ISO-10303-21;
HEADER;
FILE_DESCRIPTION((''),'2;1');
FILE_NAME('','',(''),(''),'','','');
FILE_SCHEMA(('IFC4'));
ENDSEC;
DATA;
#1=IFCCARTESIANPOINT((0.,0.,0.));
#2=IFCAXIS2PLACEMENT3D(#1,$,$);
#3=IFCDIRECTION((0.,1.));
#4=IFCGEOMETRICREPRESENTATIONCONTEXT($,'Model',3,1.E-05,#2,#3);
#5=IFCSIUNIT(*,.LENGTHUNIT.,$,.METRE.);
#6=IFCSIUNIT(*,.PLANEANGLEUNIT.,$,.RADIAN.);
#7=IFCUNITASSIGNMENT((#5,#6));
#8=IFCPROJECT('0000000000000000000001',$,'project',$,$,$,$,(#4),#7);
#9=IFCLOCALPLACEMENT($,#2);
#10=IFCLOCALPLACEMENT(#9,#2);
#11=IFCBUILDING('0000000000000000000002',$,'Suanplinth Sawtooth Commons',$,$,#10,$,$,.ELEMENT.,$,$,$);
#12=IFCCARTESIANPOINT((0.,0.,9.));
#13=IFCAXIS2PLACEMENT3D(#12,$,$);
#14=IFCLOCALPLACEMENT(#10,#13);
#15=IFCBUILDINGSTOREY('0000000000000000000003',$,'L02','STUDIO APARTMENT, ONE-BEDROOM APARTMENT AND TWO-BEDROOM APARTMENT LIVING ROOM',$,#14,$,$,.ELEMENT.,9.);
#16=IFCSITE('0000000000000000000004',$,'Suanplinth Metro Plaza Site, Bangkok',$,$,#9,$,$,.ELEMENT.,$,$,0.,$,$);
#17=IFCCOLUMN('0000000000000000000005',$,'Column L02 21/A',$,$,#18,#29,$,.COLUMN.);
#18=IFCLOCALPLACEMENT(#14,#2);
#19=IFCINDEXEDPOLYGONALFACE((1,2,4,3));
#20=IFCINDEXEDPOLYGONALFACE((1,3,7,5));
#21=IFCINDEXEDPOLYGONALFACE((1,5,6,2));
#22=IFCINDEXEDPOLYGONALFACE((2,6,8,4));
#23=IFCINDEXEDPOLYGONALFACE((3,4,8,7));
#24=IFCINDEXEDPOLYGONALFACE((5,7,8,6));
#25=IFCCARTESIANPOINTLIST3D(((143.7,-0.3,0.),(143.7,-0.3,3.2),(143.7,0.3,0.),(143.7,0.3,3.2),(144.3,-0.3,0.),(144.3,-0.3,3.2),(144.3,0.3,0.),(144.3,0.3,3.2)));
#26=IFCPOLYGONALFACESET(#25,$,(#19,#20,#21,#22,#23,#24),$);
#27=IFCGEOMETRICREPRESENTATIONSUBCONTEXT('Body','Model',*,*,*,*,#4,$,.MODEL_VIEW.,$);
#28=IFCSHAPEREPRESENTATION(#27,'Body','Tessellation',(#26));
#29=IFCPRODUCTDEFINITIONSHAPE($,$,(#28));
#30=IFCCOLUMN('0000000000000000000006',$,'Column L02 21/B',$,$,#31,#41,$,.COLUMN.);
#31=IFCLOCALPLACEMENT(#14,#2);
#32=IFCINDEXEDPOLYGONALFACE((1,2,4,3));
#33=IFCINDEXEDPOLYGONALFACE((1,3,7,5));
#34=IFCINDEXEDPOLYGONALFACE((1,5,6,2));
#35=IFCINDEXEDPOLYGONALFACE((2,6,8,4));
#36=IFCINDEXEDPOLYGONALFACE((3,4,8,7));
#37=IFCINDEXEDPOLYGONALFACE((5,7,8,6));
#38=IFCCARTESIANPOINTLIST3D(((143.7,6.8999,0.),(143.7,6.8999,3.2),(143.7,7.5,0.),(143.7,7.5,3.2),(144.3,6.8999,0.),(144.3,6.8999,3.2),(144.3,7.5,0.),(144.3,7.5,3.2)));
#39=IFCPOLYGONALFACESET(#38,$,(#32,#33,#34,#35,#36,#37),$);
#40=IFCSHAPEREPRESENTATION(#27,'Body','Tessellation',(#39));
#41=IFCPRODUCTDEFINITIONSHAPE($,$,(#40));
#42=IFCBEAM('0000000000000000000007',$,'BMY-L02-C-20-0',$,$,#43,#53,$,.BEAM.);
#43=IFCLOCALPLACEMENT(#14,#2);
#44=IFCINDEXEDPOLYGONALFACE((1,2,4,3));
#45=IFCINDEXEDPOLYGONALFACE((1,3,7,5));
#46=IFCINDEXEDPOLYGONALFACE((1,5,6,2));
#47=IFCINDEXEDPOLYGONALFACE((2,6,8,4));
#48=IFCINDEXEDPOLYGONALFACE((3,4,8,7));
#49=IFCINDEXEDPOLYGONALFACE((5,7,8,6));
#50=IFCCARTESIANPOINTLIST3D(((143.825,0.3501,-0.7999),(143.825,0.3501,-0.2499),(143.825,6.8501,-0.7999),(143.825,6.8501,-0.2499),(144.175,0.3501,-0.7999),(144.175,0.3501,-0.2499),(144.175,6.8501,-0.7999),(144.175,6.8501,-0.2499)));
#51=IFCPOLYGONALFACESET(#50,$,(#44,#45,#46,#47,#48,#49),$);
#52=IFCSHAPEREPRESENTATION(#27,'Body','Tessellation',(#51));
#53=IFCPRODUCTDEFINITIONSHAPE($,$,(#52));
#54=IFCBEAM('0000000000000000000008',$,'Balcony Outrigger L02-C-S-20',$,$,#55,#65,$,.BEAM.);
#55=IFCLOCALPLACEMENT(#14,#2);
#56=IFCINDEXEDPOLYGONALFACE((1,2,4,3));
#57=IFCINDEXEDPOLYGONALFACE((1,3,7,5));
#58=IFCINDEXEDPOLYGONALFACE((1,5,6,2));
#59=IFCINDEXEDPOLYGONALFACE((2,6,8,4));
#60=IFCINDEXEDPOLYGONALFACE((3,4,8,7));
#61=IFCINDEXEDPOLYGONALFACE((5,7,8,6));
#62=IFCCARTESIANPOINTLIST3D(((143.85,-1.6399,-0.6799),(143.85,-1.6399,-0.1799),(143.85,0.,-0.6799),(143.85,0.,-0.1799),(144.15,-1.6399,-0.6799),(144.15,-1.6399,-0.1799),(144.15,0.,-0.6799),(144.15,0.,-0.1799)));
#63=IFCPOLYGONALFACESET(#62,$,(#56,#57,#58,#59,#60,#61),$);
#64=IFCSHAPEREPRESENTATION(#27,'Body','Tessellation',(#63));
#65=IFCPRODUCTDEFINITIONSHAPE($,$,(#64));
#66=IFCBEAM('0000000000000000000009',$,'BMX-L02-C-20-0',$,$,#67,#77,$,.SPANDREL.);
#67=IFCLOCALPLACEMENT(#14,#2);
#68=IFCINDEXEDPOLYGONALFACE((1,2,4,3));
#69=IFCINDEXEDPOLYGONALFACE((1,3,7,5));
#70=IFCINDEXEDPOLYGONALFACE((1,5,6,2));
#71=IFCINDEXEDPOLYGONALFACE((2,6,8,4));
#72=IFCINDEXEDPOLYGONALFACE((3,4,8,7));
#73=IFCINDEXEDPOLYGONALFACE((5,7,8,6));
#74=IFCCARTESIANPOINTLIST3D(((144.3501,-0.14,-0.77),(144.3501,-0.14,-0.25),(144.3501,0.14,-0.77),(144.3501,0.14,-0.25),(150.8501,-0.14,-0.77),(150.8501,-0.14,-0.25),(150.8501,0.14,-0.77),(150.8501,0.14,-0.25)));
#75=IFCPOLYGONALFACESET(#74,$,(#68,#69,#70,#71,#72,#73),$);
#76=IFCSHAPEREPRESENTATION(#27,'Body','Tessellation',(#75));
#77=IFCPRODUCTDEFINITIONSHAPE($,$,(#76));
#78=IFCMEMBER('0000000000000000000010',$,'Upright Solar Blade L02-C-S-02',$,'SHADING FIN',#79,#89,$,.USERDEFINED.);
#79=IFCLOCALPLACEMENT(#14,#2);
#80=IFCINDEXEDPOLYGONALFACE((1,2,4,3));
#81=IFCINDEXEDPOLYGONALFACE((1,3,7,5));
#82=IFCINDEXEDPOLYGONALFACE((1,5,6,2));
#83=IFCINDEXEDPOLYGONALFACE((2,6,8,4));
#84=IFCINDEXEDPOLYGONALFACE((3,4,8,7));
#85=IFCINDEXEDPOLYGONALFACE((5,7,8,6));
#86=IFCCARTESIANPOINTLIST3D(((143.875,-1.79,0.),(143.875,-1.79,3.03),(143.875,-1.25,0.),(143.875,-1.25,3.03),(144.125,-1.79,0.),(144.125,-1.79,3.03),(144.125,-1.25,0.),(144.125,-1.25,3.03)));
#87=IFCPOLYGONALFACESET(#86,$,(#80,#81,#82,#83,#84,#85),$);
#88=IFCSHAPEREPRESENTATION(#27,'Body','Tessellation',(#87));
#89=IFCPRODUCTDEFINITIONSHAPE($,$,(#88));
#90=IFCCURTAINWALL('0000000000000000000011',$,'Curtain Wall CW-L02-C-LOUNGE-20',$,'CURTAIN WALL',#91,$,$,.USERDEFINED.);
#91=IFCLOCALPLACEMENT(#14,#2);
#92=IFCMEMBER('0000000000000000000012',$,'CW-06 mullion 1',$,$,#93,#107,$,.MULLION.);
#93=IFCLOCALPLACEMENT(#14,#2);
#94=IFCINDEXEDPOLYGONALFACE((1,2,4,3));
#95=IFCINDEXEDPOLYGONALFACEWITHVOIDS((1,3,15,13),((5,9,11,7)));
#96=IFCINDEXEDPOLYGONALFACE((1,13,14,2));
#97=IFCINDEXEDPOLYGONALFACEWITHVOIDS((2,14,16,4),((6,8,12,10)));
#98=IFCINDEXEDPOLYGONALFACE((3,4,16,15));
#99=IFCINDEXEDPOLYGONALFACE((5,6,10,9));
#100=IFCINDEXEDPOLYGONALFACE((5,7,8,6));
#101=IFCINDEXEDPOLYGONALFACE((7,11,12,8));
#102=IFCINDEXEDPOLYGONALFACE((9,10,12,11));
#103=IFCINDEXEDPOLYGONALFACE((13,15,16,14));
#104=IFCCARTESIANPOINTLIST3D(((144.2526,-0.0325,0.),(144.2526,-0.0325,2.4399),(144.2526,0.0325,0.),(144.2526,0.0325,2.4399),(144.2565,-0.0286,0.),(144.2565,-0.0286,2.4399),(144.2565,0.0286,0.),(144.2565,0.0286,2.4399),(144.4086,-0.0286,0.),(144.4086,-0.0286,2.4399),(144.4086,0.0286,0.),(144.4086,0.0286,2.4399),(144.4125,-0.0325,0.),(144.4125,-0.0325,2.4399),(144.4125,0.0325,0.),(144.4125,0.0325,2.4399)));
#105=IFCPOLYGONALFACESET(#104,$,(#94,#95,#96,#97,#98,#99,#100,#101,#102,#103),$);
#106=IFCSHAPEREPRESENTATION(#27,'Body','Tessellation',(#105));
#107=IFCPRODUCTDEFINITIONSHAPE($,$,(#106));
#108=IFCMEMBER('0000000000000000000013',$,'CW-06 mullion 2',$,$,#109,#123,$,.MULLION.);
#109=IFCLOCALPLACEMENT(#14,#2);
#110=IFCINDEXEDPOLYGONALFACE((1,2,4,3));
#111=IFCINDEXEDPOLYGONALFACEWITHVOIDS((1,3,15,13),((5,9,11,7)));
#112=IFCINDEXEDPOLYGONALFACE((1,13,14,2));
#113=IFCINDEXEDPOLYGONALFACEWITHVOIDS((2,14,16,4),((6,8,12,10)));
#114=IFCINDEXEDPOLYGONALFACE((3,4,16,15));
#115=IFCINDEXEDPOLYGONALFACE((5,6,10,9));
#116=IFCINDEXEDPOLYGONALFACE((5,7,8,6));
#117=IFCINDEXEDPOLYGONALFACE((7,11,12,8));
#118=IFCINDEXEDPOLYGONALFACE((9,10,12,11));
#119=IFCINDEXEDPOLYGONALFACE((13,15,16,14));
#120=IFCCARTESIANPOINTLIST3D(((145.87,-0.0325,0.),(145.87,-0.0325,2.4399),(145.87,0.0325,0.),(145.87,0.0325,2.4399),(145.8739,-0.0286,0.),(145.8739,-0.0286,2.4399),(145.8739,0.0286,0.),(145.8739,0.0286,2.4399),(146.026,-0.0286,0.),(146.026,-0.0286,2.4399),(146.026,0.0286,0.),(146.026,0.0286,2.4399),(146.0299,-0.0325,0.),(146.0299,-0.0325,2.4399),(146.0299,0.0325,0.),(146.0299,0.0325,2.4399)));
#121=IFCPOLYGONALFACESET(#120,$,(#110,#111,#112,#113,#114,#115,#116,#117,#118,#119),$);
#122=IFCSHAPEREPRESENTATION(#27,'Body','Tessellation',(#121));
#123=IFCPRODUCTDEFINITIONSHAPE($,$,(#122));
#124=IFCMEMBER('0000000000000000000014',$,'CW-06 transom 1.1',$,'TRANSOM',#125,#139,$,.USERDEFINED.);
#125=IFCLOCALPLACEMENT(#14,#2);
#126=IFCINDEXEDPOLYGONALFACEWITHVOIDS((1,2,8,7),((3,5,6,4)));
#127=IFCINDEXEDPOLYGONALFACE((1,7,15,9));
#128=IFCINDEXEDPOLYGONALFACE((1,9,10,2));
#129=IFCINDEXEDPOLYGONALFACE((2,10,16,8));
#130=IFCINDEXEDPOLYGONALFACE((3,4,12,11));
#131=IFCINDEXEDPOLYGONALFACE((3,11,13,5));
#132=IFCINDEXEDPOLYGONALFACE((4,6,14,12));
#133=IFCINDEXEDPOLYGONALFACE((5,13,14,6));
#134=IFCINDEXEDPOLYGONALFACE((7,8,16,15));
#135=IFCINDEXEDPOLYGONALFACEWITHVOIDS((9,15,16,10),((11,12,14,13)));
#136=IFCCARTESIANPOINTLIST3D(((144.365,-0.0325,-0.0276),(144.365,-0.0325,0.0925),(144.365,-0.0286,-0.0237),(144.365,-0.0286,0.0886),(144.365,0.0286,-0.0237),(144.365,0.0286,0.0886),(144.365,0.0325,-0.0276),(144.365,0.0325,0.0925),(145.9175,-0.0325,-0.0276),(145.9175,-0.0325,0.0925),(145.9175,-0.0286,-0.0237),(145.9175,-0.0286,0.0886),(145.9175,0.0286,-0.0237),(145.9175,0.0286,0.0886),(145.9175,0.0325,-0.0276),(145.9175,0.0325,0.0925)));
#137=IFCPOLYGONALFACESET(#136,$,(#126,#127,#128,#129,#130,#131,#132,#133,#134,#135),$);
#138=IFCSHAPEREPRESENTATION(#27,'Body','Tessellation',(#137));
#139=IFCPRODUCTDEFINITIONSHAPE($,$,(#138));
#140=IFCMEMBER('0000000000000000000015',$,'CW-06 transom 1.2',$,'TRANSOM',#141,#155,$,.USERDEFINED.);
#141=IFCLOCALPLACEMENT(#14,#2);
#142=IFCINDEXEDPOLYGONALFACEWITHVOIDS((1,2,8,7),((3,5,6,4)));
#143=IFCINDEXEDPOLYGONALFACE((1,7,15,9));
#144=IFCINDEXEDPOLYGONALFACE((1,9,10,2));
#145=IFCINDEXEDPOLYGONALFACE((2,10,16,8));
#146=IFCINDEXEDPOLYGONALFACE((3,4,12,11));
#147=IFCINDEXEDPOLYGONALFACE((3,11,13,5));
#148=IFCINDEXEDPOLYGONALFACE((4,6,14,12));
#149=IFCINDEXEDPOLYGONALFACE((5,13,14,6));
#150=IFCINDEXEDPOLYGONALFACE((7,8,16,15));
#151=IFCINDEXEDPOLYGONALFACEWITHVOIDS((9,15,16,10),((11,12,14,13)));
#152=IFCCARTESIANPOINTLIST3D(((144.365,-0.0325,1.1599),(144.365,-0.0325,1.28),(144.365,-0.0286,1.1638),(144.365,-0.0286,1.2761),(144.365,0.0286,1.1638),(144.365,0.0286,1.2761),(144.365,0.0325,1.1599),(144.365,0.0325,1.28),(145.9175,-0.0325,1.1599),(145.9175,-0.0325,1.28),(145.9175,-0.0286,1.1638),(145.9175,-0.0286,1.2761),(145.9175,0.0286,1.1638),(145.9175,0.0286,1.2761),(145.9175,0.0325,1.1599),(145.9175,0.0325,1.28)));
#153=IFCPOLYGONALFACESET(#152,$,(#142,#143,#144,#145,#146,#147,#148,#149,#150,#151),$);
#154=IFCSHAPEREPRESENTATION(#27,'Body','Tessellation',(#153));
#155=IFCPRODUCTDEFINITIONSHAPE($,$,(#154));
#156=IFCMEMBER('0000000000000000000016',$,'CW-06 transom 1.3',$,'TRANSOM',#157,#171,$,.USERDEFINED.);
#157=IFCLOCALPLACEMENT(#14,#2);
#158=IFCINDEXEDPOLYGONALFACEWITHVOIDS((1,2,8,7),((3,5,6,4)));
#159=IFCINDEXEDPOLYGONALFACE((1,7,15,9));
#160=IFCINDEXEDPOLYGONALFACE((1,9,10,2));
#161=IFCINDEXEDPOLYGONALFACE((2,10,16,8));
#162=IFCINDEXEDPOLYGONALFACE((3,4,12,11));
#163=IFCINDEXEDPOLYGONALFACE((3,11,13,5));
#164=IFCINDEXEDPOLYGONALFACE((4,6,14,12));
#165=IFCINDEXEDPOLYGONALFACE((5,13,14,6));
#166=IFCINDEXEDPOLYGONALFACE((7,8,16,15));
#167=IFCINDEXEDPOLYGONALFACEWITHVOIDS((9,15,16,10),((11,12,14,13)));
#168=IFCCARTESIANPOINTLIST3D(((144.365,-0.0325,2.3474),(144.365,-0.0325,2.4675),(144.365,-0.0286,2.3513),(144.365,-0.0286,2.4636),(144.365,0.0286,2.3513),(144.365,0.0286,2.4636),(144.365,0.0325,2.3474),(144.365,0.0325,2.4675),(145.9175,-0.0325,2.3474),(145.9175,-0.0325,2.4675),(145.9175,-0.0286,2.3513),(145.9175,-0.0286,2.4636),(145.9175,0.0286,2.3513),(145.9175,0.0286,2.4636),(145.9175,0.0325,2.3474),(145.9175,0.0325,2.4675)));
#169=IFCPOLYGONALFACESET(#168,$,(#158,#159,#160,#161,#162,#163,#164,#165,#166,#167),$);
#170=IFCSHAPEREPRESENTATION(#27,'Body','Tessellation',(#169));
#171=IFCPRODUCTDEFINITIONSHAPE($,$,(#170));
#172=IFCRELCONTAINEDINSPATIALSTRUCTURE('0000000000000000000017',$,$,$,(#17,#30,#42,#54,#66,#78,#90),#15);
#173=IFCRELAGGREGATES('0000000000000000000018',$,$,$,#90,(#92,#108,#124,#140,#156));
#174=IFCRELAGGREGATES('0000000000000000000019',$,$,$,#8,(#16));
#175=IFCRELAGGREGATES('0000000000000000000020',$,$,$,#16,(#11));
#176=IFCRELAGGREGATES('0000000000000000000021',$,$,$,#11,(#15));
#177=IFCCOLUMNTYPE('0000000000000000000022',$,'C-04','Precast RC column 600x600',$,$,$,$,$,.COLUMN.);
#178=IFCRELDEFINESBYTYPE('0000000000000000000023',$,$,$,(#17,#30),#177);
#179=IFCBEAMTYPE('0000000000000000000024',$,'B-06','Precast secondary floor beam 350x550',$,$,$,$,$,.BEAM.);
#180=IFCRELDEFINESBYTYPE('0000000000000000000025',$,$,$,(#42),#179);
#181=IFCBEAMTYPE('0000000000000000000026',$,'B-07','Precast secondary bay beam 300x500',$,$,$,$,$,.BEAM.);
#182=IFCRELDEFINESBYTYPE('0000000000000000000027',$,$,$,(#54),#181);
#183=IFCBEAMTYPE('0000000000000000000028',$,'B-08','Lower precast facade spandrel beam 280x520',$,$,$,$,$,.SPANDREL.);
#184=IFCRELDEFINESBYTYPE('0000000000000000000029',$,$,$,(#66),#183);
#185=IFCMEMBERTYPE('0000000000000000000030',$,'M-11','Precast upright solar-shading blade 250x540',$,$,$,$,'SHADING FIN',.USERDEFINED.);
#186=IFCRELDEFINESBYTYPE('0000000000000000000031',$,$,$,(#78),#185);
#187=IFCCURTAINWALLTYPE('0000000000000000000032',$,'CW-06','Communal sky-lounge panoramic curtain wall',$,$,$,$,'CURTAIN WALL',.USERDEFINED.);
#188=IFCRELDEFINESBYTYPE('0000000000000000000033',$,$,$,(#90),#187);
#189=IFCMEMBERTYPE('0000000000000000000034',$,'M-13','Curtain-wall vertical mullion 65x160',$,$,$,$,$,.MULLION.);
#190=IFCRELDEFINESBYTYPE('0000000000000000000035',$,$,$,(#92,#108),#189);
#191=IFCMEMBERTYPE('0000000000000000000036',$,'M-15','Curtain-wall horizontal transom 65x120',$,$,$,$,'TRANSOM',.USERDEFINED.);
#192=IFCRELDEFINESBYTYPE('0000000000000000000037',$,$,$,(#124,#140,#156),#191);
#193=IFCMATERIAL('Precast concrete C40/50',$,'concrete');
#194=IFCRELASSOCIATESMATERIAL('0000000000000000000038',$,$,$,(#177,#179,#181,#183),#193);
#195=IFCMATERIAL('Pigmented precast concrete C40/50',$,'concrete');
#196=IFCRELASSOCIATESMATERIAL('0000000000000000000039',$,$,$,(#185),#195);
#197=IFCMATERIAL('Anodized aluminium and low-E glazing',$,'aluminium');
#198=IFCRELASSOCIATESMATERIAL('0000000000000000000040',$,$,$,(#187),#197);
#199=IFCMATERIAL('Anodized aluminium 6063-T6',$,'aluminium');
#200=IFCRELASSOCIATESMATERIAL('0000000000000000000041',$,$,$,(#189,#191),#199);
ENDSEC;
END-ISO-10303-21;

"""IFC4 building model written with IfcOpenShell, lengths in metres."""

from ifc_helpers import new_model, si_unit, direction, frame, origin, origin_2d, place, context, subcontext, project, spatial, rectangle, hollow_rectangle, extrude, material, material_profile, profile_set, type_object, element, aggregate, save


model = new_model("IFC4")

# Units and contexts
model_context = context("Model", 3, precision=1e-05, world=origin(), true_north=direction((0.0, 1.0)))
body_context = subcontext(model_context, "Body", "Model", "MODEL_VIEW")
ifc_project = project(units=[si_unit("LENGTHUNIT", "METRE"), si_unit("PLANEANGLEUNIT", "RADIAN")], contexts=[model_context])

# Site, building, storey
site_placement = place(None, origin())
site = spatial("IfcSite", under=ifc_project, at=site_placement, Name="Suanplinth Metro Plaza Site, Bangkok", CompositionType="ELEMENT", RefElevation=0.0)
building_placement = place(site_placement, origin())
building = spatial("IfcBuilding", under=site, at=building_placement, Name="Suanplinth Sawtooth Commons", CompositionType="ELEMENT")
storey_placement = place(building_placement, frame((0.0, 0.0, 9.0)))
storey = spatial("IfcBuildingStorey", under=building, at=storey_placement, Name="L02", Description="STUDIO APARTMENT, ONE-BEDROOM APARTMENT AND TWO-BEDROOM APARTMENT LIVING ROOM", CompositionType="ELEMENT", Elevation=9.0)

# Columns
ifc_material_1 = material(Name="Precast concrete C40/50", Category="concrete")
ifc_material_profile_1 = material_profile(ifc_material_1, rectangle(XDim=0.6001, YDim=0.6001, at=origin_2d()), Name="PC-COL 600x600")
ifc_profile_set_1 = profile_set([ifc_material_profile_1], Name="Precast concrete C40/50")
column_type = type_object("IfcColumnType", Name="C-04", Description="Precast RC column 600x600", PredefinedType="COLUMN", material=ifc_profile_set_1)
for number, where, z_axis, x_axis, name in (
    (1, (144.0, 0.0, 0.0), (0.0, 0.0, 1.0), (1.0, 0.0, 0.0), "Column L02 21/A"),
    (2, (144.0, 7.2, 0.0), (0.0, 0.0, 1.0), (1.0, 0.0, 0.0), "Column L02 21/B"),
):
    element("IfcColumn", number, at=place(storey_placement, frame(where, z_axis=z_axis, x_axis=x_axis)), inside=storey, type_object=column_type, Name=name, PredefinedType="COLUMN", context=body_context, shape_type="SweptSolid", body=[
        extrude(rectangle(XDim=0.6001, YDim=0.6001, at=origin_2d()), origin(), (0.0, 0.0, 1.0), 3.2),
    ])

# Beams
ifc_material_profile_2 = material_profile(ifc_material_1, rectangle(XDim=0.3501, YDim=0.55, at=origin_2d()), Name="PC-BM 350x550")
ifc_profile_set_2 = profile_set([ifc_material_profile_2], Name="Precast concrete C40/50")
beam_type_1 = type_object("IfcBeamType", Name="B-06", Description="Precast secondary floor beam 350x550", PredefinedType="BEAM", material=ifc_profile_set_2)
beam_1_placement = place(storey_placement, frame((144.0, 0.3501, -0.5249), z_axis=(0.0, 1.0, 0.0), x_axis=(-1.0, 0.0, 0.0)))
element("IfcBeam", 3, at=beam_1_placement, inside=storey, type_object=beam_type_1, Name="BMY-L02-C-20-0", PredefinedType="BEAM", context=body_context, shape_type="SweptSolid", body=[
    extrude(rectangle(XDim=0.3501, YDim=0.55, at=origin_2d()), origin(), (0.0, 0.0, 1.0), 6.5),
])
ifc_material_profile_3 = material_profile(ifc_material_1, rectangle(XDim=0.3, YDim=0.5, at=origin_2d()), Name="PC-BM 300x500")
ifc_profile_set_3 = profile_set([ifc_material_profile_3], Name="Precast concrete C40/50")
beam_type_2 = type_object("IfcBeamType", Name="B-07", Description="Precast secondary bay beam 300x500", PredefinedType="BEAM", material=ifc_profile_set_3)
beam_2_placement = place(storey_placement, frame((144.0, 0.0, -0.4299), z_axis=(0.0, -1.0, 0.0), x_axis=(1.0, 0.0, 0.0)))
element("IfcBeam", 4, at=beam_2_placement, inside=storey, type_object=beam_type_2, Name="Balcony Outrigger L02-C-S-20", PredefinedType="BEAM", context=body_context, shape_type="SweptSolid", body=[
    extrude(rectangle(XDim=0.3, YDim=0.5, at=origin_2d()), origin(), (0.0, 0.0, 1.0), 1.6399),
])
ifc_material_profile_4 = material_profile(ifc_material_1, rectangle(XDim=0.28, YDim=0.52, at=origin_2d()), Name="PC-SP 280x520")
ifc_profile_set_4 = profile_set([ifc_material_profile_4], Name="Precast concrete C40/50")
beam_type_3 = type_object("IfcBeamType", Name="B-08", Description="Lower precast facade spandrel beam 280x520", PredefinedType="SPANDREL", material=ifc_profile_set_4)
beam_3_placement = place(storey_placement, frame((144.3501, 0.0, -0.51), z_axis=(1.0, 0.0, 0.0), x_axis=(0.0, 1.0, 0.0)))
element("IfcBeam", 5, at=beam_3_placement, inside=storey, type_object=beam_type_3, Name="BMX-L02-C-20-0", PredefinedType="SPANDREL", context=body_context, shape_type="SweptSolid", body=[
    extrude(rectangle(XDim=0.28, YDim=0.52, at=origin_2d()), origin(), (0.0, 0.0, 1.0), 6.5),
])

# Member
ifc_material_2 = material(Name="Pigmented precast concrete C40/50", Category="concrete")
ifc_material_profile_5 = material_profile(ifc_material_2, rectangle(XDim=0.25, YDim=0.54, at=origin_2d()), Name="PC-FIN 250x540")
ifc_profile_set_5 = profile_set([ifc_material_profile_5], Name="Pigmented precast concrete C40/50")
member_type_1 = type_object("IfcMemberType", Name="M-11", Description="Precast upright solar-shading blade 250x540", ElementType="SHADING FIN", PredefinedType="USERDEFINED", material=ifc_profile_set_5)
member_1_placement = place(storey_placement, frame((144.0, -1.52, 0.0), z_axis=(0.0, 0.0, 1.0), x_axis=(1.0, 0.0, 0.0)))
element("IfcMember", 6, at=member_1_placement, inside=storey, type_object=member_type_1, Name="Upright Solar Blade L02-C-S-02", ObjectType="SHADING FIN", PredefinedType="USERDEFINED", context=body_context, shape_type="SweptSolid", body=[
    extrude(rectangle(XDim=0.25, YDim=0.54, at=origin_2d()), origin(), (0.0, 0.0, 1.0), 3.03),
])

# Curtain wall, members
ifc_material_3 = material(Name="Anodized aluminium and low-E glazing", Category="aluminium")
curtain_wall_type = type_object("IfcCurtainWallType", Name="CW-06", Description="Communal sky-lounge panoramic curtain wall", ElementType="CURTAIN WALL", PredefinedType="USERDEFINED", material=ifc_material_3)
curtain_wall_placement = place(storey_placement, origin())
curtain_wall = element("IfcCurtainWall", 7, at=curtain_wall_placement, inside=storey, type_object=curtain_wall_type, Name="Curtain Wall CW-L02-C-LOUNGE-20", ObjectType="CURTAIN WALL", PredefinedType="USERDEFINED")
ifc_material_4 = material(Name="Anodized aluminium 6063-T6", Category="aluminium")
ifc_material_profile_6 = material_profile(ifc_material_4, hollow_rectangle(XDim=0.0649, YDim=0.1599, WallThickness=0.0039, at=origin_2d()), Name="ALU-MUL 65x160")
ifc_profile_set_6 = profile_set([ifc_material_profile_6], Name="Anodized aluminium 6063-T6")
member_type_2 = type_object("IfcMemberType", Name="M-13", Description="Curtain-wall vertical mullion 65x160", PredefinedType="MULLION", material=ifc_profile_set_6)
member_2_placement = place(storey_placement, frame((144.3325, 0.0, 0.0), z_axis=(0.0, 0.0, 1.0), x_axis=(0.0, 1.0, 0.0)))
member_2 = element("IfcMember", 8, at=member_2_placement, type_object=member_type_2, Name="CW-06 mullion 1", PredefinedType="MULLION", context=body_context, shape_type="SweptSolid", body=[
    extrude(hollow_rectangle(XDim=0.0649, YDim=0.1599, WallThickness=0.0039, at=origin_2d()), origin(), (0.0, 0.0, 1.0), 2.4399),
])
member_3_placement = place(storey_placement, frame((145.95, 0.0, 0.0), z_axis=(0.0, 0.0, 1.0), x_axis=(0.0, 1.0, 0.0)))
member_3 = element("IfcMember", 9, at=member_3_placement, type_object=member_type_2, Name="CW-06 mullion 2", PredefinedType="MULLION", context=body_context, shape_type="SweptSolid", body=[
    extrude(hollow_rectangle(XDim=0.0649, YDim=0.1599, WallThickness=0.0039, at=origin_2d()), origin(), (0.0, 0.0, 1.0), 2.4399),
])
ifc_material_profile_7 = material_profile(ifc_material_4, hollow_rectangle(XDim=0.0649, YDim=0.1201, WallThickness=0.0039, at=origin_2d()), Name="ALU-TRN 65x120")
ifc_profile_set_7 = profile_set([ifc_material_profile_7], Name="Anodized aluminium 6063-T6")
member_type_3 = type_object("IfcMemberType", Name="M-15", Description="Curtain-wall horizontal transom 65x120", ElementType="TRANSOM", PredefinedType="USERDEFINED", material=ifc_profile_set_7)
member_4_placement = place(storey_placement, frame((144.365, 0.0, 0.0325), z_axis=(1.0, 0.0, 0.0), x_axis=(0.0, 1.0, 0.0)))
member_4 = element("IfcMember", 10, at=member_4_placement, type_object=member_type_3, Name="CW-06 transom 1.1", ObjectType="TRANSOM", PredefinedType="USERDEFINED", context=body_context, shape_type="SweptSolid", body=[
    extrude(hollow_rectangle(XDim=0.0649, YDim=0.1201, WallThickness=0.0039, at=origin_2d()), origin(), (0.0, 0.0, 1.0), 1.5525),
])
member_5_placement = place(storey_placement, frame((144.365, 0.0, 1.22), z_axis=(1.0, 0.0, 0.0), x_axis=(0.0, 1.0, 0.0)))
member_5 = element("IfcMember", 11, at=member_5_placement, type_object=member_type_3, Name="CW-06 transom 1.2", ObjectType="TRANSOM", PredefinedType="USERDEFINED", context=body_context, shape_type="SweptSolid", body=[
    extrude(hollow_rectangle(XDim=0.0649, YDim=0.1201, WallThickness=0.0039, at=origin_2d()), origin(), (0.0, 0.0, 1.0), 1.5525),
])
member_6_placement = place(storey_placement, frame((144.365, 0.0, 2.4075), z_axis=(1.0, 0.0, 0.0), x_axis=(0.0, 1.0, 0.0)))
member_6 = element("IfcMember", 12, at=member_6_placement, type_object=member_type_3, Name="CW-06 transom 1.3", ObjectType="TRANSOM", PredefinedType="USERDEFINED", context=body_context, shape_type="SweptSolid", body=[
    extrude(hollow_rectangle(XDim=0.0649, YDim=0.1201, WallThickness=0.0039, at=origin_2d()), origin(), (0.0, 0.0, 1.0), 1.5525),
])
aggregate(curtain_wall, [member_2, member_3, member_4, member_5, member_6])

save(model, "model.ifc")
